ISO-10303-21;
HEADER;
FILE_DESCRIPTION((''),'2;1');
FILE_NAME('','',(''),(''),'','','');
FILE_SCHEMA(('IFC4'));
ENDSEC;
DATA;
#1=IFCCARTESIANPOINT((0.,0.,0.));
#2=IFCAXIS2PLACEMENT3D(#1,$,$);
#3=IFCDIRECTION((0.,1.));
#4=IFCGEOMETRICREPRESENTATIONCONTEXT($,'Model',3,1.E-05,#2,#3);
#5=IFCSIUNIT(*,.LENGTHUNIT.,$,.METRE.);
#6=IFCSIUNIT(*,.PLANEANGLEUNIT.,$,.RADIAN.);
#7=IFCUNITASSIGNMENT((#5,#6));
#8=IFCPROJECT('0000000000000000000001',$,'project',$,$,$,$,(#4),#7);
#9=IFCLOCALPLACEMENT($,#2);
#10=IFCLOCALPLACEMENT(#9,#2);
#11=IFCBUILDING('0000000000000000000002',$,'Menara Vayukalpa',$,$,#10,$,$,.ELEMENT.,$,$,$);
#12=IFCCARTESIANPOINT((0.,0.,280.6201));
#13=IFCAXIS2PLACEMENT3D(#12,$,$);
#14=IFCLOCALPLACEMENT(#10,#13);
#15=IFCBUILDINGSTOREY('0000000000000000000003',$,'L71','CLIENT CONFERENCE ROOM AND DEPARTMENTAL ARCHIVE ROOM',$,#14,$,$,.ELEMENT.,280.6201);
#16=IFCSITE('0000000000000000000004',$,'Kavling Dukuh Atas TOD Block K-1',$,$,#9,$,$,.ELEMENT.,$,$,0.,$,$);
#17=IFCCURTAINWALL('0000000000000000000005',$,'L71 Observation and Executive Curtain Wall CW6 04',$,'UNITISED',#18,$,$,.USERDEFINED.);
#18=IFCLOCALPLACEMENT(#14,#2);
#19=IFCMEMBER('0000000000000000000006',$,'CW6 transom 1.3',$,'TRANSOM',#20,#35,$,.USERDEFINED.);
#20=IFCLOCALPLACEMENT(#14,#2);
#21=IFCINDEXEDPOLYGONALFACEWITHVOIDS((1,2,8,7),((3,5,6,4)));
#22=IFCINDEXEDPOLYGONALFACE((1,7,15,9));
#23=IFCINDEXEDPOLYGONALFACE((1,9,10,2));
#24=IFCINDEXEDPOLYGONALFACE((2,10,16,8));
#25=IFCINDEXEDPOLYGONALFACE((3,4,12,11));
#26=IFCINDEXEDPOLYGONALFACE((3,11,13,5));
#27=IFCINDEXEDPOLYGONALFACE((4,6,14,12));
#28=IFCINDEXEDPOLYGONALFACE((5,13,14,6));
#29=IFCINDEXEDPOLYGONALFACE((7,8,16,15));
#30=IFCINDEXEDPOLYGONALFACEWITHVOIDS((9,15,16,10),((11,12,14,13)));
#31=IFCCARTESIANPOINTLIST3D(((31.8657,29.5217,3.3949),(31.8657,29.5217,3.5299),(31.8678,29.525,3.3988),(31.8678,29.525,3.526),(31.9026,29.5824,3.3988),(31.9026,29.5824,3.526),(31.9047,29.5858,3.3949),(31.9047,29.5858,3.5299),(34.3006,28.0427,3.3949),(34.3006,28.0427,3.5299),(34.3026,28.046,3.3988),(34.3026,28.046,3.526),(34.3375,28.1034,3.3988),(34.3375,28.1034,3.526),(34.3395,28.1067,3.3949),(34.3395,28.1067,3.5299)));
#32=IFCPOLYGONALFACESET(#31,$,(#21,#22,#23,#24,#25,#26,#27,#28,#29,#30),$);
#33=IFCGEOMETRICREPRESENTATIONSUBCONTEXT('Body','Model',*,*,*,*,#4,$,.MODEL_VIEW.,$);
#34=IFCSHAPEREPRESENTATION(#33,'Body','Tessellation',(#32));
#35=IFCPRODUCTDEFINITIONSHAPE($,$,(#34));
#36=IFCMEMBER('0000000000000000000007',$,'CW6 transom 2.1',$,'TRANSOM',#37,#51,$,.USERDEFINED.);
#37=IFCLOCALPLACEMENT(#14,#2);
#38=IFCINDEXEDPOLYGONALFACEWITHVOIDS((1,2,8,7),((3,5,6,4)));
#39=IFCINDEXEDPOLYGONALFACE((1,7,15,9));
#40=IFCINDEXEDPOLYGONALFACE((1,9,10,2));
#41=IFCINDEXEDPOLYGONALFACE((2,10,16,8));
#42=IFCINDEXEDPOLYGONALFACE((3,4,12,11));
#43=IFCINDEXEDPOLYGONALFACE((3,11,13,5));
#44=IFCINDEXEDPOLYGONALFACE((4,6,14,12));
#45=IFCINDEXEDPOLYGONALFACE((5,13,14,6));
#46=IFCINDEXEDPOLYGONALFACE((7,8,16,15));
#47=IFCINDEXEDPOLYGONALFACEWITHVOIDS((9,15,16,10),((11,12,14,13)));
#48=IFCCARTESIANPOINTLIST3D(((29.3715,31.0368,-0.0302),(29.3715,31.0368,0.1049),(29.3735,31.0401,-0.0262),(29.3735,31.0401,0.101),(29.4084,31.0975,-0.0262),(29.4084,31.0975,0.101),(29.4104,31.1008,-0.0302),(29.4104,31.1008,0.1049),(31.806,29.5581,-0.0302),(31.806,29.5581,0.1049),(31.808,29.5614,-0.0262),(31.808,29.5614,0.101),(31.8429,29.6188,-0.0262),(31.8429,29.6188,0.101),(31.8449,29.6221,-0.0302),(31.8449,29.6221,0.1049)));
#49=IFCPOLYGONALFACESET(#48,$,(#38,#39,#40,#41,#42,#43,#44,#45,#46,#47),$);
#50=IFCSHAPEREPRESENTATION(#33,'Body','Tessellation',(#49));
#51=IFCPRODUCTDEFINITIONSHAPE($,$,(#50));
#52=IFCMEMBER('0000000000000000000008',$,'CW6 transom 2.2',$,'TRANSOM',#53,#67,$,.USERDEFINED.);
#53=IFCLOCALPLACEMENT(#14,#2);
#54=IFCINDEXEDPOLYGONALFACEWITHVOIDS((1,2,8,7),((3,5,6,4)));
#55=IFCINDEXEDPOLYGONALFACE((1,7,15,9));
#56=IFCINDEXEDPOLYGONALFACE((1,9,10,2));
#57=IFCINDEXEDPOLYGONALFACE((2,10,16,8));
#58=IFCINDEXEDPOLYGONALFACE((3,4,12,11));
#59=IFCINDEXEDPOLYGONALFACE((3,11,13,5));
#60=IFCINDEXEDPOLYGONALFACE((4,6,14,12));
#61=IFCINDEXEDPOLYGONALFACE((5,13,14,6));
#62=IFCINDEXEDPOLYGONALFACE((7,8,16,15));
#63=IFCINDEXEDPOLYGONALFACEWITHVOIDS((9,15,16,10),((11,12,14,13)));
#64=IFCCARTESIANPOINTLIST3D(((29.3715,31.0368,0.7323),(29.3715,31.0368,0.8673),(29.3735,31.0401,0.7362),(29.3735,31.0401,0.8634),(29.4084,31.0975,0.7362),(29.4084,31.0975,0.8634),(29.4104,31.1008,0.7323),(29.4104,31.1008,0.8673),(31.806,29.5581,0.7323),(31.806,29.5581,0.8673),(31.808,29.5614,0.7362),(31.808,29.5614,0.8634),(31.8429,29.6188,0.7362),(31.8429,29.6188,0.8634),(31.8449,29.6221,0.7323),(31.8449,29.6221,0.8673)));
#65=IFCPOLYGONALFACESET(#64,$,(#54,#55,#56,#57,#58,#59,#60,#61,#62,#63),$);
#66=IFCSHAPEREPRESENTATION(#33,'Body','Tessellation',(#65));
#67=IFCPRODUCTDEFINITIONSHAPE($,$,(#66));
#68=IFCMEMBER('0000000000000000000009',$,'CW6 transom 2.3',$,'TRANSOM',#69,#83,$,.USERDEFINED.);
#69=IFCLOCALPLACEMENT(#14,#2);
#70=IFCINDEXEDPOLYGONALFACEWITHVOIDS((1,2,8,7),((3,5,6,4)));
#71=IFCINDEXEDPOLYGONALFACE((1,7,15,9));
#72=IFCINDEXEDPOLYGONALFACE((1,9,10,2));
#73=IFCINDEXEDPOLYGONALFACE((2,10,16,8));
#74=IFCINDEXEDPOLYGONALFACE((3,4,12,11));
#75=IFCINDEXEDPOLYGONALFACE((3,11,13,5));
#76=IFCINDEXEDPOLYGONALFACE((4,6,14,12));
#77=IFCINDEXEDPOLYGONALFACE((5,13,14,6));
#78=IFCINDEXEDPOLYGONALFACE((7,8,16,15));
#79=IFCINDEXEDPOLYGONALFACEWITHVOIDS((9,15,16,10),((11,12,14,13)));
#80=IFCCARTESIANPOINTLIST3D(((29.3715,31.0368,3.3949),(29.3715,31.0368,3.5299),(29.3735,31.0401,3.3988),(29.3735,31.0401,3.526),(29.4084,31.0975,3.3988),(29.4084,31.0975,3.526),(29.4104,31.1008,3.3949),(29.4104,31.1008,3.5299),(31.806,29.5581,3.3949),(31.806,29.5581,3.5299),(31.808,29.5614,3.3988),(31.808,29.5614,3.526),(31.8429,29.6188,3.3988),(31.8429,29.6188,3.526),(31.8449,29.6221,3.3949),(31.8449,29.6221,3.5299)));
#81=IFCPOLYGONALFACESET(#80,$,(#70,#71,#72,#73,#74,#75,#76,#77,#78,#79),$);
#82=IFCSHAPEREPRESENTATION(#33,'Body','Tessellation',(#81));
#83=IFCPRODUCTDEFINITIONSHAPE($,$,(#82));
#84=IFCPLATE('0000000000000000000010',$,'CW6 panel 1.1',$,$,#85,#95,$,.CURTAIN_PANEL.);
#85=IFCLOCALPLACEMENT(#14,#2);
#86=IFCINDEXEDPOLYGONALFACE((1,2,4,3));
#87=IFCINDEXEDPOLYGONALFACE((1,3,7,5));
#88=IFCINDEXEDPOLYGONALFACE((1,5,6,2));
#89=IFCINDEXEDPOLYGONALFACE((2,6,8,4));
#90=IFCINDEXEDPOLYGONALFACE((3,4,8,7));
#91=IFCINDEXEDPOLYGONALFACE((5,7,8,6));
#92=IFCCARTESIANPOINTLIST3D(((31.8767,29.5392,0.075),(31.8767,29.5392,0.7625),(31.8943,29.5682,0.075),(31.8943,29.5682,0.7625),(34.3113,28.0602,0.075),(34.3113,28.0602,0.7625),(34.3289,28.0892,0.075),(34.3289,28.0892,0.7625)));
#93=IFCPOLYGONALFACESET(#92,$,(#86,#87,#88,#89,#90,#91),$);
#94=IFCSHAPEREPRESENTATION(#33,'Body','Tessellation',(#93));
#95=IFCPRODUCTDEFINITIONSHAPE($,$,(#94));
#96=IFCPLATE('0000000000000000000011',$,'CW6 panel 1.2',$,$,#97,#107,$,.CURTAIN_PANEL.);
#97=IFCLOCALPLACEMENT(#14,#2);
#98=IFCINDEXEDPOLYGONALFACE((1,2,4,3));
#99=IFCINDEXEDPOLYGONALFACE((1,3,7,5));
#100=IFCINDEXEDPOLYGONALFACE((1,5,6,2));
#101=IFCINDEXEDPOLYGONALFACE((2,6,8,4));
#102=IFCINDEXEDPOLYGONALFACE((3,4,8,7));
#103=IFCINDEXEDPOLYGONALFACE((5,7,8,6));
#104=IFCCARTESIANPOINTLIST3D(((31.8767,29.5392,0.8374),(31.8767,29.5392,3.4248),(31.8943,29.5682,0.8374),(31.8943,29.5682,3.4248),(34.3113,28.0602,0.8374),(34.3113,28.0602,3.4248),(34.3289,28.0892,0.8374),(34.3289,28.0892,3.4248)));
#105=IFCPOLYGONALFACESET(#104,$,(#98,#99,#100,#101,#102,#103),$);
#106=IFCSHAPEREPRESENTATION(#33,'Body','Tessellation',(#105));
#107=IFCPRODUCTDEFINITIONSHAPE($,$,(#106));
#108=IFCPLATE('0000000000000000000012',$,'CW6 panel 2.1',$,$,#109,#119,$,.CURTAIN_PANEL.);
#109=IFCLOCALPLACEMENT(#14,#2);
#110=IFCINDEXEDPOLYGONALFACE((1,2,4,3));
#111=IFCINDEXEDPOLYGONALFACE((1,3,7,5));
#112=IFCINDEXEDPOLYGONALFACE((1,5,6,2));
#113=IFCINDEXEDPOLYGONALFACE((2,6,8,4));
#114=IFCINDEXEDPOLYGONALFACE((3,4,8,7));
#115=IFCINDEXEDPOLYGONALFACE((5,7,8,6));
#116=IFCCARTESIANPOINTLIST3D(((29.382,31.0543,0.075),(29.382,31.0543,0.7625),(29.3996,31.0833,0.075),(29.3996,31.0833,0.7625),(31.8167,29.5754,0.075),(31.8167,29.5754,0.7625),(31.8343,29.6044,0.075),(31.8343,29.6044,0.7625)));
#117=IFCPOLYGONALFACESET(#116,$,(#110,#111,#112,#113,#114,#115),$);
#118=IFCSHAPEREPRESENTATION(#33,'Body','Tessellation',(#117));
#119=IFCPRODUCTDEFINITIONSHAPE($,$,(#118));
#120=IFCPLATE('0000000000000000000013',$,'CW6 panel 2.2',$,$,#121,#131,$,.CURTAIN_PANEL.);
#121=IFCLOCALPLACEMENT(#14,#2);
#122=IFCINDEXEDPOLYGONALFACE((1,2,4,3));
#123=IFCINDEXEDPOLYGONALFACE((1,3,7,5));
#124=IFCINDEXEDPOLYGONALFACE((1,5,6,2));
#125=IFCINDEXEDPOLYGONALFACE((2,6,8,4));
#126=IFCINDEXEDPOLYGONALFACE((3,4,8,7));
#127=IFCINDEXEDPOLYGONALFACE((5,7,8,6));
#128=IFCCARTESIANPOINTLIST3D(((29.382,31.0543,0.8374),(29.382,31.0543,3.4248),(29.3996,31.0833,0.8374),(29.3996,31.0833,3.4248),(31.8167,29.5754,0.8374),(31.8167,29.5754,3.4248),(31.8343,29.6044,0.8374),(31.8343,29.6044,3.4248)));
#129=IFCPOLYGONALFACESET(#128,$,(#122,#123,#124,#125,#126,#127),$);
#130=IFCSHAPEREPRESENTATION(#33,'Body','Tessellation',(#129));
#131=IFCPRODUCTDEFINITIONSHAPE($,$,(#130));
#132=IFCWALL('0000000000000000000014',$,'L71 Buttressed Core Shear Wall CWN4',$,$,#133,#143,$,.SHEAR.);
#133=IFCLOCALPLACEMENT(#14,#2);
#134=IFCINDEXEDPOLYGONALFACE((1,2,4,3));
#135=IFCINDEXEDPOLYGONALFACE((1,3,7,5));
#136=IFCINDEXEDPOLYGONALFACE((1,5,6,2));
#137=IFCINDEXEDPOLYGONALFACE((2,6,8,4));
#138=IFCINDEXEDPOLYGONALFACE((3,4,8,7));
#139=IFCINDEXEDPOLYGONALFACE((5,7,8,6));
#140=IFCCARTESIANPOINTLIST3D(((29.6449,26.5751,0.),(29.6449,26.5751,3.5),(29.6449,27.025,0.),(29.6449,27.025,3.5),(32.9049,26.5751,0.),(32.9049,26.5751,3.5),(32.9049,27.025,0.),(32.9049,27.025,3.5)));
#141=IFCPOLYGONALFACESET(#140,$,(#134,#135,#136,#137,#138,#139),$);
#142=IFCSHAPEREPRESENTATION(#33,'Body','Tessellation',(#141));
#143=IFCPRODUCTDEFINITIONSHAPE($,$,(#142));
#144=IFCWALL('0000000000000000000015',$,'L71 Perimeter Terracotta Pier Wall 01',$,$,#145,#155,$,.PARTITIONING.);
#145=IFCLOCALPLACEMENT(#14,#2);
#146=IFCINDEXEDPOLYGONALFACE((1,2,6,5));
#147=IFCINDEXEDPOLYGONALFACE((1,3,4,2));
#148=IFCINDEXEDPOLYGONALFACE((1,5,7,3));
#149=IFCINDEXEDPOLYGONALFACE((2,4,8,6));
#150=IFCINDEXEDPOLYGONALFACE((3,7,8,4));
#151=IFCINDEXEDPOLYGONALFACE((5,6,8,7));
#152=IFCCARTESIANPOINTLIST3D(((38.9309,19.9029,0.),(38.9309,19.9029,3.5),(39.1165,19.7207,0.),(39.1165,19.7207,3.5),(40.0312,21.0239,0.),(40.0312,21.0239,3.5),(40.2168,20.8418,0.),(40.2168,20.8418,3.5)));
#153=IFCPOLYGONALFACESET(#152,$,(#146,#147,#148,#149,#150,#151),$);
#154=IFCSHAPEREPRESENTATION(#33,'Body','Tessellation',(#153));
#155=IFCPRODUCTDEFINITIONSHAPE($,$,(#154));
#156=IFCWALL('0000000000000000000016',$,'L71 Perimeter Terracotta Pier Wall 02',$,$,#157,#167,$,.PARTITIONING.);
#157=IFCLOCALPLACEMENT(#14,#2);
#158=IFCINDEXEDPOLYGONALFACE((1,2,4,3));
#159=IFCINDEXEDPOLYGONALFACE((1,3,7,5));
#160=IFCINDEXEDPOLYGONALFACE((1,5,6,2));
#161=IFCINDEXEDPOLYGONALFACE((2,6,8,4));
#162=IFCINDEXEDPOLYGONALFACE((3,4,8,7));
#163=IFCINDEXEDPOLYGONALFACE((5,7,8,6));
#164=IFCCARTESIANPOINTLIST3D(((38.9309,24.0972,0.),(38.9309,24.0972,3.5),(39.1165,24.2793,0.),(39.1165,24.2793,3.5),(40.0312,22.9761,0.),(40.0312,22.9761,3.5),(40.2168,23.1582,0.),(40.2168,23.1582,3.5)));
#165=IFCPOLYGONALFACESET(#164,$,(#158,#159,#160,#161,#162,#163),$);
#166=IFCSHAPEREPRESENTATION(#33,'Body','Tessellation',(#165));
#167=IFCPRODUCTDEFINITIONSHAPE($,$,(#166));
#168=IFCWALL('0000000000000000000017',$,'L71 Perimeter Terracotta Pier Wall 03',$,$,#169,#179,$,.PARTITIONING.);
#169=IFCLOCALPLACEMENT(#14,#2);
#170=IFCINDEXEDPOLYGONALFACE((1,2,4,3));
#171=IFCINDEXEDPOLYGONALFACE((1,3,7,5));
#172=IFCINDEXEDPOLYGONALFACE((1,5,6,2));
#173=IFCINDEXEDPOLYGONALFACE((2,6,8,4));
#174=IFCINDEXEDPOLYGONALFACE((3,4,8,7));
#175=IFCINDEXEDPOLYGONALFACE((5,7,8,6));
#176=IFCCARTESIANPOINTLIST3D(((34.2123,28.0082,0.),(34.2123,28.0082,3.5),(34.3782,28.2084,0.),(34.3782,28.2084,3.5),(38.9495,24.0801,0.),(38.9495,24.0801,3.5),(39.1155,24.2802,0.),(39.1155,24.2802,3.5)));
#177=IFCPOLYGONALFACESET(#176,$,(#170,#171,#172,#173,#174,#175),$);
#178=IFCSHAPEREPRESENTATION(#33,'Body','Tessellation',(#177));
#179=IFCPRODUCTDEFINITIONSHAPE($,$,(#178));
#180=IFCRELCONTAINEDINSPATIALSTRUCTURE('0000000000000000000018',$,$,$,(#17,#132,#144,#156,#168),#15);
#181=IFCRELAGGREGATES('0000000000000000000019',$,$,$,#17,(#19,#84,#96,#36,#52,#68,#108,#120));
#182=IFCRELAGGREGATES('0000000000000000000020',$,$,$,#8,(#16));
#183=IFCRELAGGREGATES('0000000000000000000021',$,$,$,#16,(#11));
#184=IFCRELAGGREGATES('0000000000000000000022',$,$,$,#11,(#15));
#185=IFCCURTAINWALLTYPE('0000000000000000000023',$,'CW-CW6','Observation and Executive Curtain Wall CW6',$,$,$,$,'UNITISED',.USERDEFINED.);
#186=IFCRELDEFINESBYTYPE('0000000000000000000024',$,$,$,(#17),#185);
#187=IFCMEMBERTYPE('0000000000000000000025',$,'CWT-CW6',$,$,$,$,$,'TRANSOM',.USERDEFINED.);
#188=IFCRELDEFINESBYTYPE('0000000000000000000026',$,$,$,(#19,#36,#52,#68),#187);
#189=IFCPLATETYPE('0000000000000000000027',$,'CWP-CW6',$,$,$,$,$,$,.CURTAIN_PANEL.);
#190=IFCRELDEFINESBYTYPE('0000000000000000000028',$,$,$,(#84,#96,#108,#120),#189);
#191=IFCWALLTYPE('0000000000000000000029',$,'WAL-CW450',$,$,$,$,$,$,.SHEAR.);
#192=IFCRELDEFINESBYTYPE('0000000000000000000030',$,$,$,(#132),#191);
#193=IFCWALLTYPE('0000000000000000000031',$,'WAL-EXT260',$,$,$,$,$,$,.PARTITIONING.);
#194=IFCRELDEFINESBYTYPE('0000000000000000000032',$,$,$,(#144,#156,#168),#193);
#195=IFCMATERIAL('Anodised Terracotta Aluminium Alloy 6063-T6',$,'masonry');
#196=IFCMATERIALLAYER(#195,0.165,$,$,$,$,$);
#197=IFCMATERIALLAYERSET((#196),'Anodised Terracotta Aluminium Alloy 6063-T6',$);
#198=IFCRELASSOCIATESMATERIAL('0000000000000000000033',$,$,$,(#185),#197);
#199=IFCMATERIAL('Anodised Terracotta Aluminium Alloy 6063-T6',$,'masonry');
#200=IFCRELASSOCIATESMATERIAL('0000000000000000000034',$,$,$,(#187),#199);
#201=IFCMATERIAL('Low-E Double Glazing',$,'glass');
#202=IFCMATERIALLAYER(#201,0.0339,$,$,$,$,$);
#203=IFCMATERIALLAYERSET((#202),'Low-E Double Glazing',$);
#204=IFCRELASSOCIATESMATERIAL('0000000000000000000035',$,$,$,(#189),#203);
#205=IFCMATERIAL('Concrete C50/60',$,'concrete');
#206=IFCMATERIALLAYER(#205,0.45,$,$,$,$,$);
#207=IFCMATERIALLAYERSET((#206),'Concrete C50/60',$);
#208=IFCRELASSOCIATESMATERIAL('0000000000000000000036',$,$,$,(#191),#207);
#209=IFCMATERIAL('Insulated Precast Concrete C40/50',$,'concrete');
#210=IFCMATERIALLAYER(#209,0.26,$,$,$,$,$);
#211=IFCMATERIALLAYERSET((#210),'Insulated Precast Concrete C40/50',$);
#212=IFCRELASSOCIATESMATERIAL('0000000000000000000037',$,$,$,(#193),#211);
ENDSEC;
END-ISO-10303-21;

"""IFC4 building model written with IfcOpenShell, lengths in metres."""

from ifc_helpers import new_model, si_unit, direction, frame, frame_2d, origin, origin_2d, place, context, subcontext, project, spatial, rectangle, hollow_rectangle, extrude, material, layer, layer_set, material_profile, profile_set, type_object, element, aggregate, save


model = new_model("IFC4")

# Units and contexts
model_context = context("Model", 3, precision=1e-05, world=origin(), true_north=direction((0.0, 1.0)))
body_context = subcontext(model_context, "Body", "Model", "MODEL_VIEW")
ifc_project = project(units=[si_unit("LENGTHUNIT", "METRE"), si_unit("PLANEANGLEUNIT", "RADIAN")], contexts=[model_context])

# Site, building, storey
site_placement = place(None, origin())
site = spatial("IfcSite", under=ifc_project, at=site_placement, Name="Kavling Dukuh Atas TOD Block K-1", CompositionType="ELEMENT", RefElevation=0.0)
building_placement = place(site_placement, origin())
building = spatial("IfcBuilding", under=site, at=building_placement, Name="Menara Vayukalpa", CompositionType="ELEMENT")
storey_placement = place(building_placement, frame((0.0, 0.0, 280.6201)))
storey = spatial("IfcBuildingStorey", under=building, at=storey_placement, Name="L71", Description="CLIENT CONFERENCE ROOM AND DEPARTMENTAL ARCHIVE ROOM", CompositionType="ELEMENT", Elevation=280.6201)

# Curtain wall
ifc_material_1 = material(Name="Anodised Terracotta Aluminium Alloy 6063-T6", Category="masonry")
ifc_layer_1 = layer(ifc_material_1, 0.165)
ifc_layer_set_1 = layer_set([ifc_layer_1], Name="Anodised Terracotta Aluminium Alloy 6063-T6")
curtain_wall_type = type_object("IfcCurtainWallType", Name="CW-CW6", Description="Observation and Executive Curtain Wall CW6", ElementType="UNITISED", PredefinedType="USERDEFINED", material=ifc_layer_set_1)
curtain_wall_1_placement = place(storey_placement, origin())
curtain_wall_1 = element("IfcCurtainWall", 1, at=curtain_wall_1_placement, inside=storey, type_object=curtain_wall_type, Name="L71 Observation and Executive Curtain Wall CW6 04", ObjectType="UNITISED", PredefinedType="USERDEFINED")

# Members
ifc_material_2 = material(Name="Anodised Terracotta Aluminium Alloy 6063-T6", Category="masonry")
ifc_material_profile_1 = material_profile(ifc_material_2, hollow_rectangle(XDim=0.075, YDim=0.135, WallThickness=0.0039, at=origin_2d()), Name="ALU 75x135x4")
ifc_profile_set_1 = profile_set([ifc_material_profile_1], Name="Anodised Terracotta Aluminium Alloy 6063-T6")
member_type_1 = type_object("IfcMemberType", Name="CWT-CW6", ElementType="TRANSOM", PredefinedType="USERDEFINED", material=ifc_profile_set_1)
member_1_placement = place(storey_placement, frame((34.3201, 28.0747, 3.4624), z_axis=(-0.854675, 0.519164, 0.0), x_axis=(-0.519164, -0.854675, 0.0)))
member_1 = element("IfcMember", 2, at=member_1_placement, type_object=member_type_1, Name="CW6 transom 1.3", ObjectType="TRANSOM", PredefinedType="USERDEFINED", context=body_context, shape_type="SweptSolid", body=[
    extrude(hollow_rectangle(XDim=0.075, YDim=0.135, WallThickness=0.0039, at=origin_2d()), origin(), (0.0, 0.0, 1.0), 2.8489),
])
member_2_placement = place(storey_placement, frame((31.8254, 29.5901, 0.0374), z_axis=(-0.85469, 0.519139, 0.0), x_axis=(-0.519139, -0.85469, 0.0)))
member_2 = element("IfcMember", 3, at=member_2_placement, type_object=member_type_1, Name="CW6 transom 2.1", ObjectType="TRANSOM", PredefinedType="USERDEFINED", context=body_context, shape_type="SweptSolid", body=[
    extrude(hollow_rectangle(XDim=0.075, YDim=0.135, WallThickness=0.0039, at=origin_2d()), origin(), (0.0, 0.0, 1.0), 2.8484),
])
member_3_placement = place(storey_placement, frame((31.8254, 29.5901, 0.7998), z_axis=(-0.85469, 0.519139, 0.0), x_axis=(-0.519139, -0.85469, 0.0)))
member_3 = element("IfcMember", 4, at=member_3_placement, type_object=member_type_1, Name="CW6 transom 2.2", ObjectType="TRANSOM", PredefinedType="USERDEFINED", context=body_context, shape_type="SweptSolid", body=[
    extrude(hollow_rectangle(XDim=0.075, YDim=0.135, WallThickness=0.0039, at=origin_2d()), origin(), (0.0, 0.0, 1.0), 2.8484),
])
member_4_placement = place(storey_placement, frame((31.8254, 29.5901, 3.4624), z_axis=(-0.85469, 0.519139, 0.0), x_axis=(-0.519139, -0.85469, 0.0)))
member_4 = element("IfcMember", 5, at=member_4_placement, type_object=member_type_1, Name="CW6 transom 2.3", ObjectType="TRANSOM", PredefinedType="USERDEFINED", context=body_context, shape_type="SweptSolid", body=[
    extrude(hollow_rectangle(XDim=0.075, YDim=0.135, WallThickness=0.0039, at=origin_2d()), origin(), (0.0, 0.0, 1.0), 2.8484),
])

# Plates
ifc_material_3 = material(Name="Low-E Double Glazing", Category="glass")
ifc_layer_2 = layer(ifc_material_3, 0.0339)
ifc_layer_set_2 = layer_set([ifc_layer_2], Name="Low-E Double Glazing")
plate_type = type_object("IfcPlateType", Name="CWP-CW6", PredefinedType="CURTAIN_PANEL", material=ifc_layer_set_2)
plate_1_placement = place(storey_placement, frame((33.1028, 28.8142, 0.075), z_axis=(0.0, 0.0, 1.0), x_axis=(-0.854668, 0.519176, 0.0)))
plate_1 = element("IfcPlate", 6, at=plate_1_placement, type_object=plate_type, Name="CW6 panel 1.1", PredefinedType="CURTAIN_PANEL", context=body_context, shape_type="SweptSolid", body=[
    extrude(rectangle(XDim=2.8486, YDim=0.0339, at=origin_2d()), origin(), (0.0, 0.0, 1.0), 0.6875),
])
plate_2_placement = place(storey_placement, frame((33.1028, 28.8142, 0.8374), z_axis=(0.0, 0.0, 1.0), x_axis=(-0.854668, 0.519176, 0.0)))
plate_2 = element("IfcPlate", 7, at=plate_2_placement, type_object=plate_type, Name="CW6 panel 1.2", PredefinedType="CURTAIN_PANEL", context=body_context, shape_type="SweptSolid", body=[
    extrude(rectangle(XDim=2.8486, YDim=0.0339, at=origin_2d()), origin(), (0.0, 0.0, 1.0), 2.5874),
])
plate_3_placement = place(storey_placement, frame((30.6082, 30.3293, 0.075), z_axis=(0.0, 0.0, 1.0), x_axis=(-0.854668, 0.519176, 0.0)))
plate_3 = element("IfcPlate", 8, at=plate_3_placement, type_object=plate_type, Name="CW6 panel 2.1", PredefinedType="CURTAIN_PANEL", context=body_context, shape_type="SweptSolid", body=[
    extrude(rectangle(XDim=2.8486, YDim=0.0339, at=origin_2d()), origin(), (0.0, 0.0, 1.0), 0.6875),
])
plate_4_placement = place(storey_placement, frame((30.6082, 30.3293, 0.8374), z_axis=(0.0, 0.0, 1.0), x_axis=(-0.854668, 0.519176, 0.0)))
plate_4 = element("IfcPlate", 9, at=plate_4_placement, type_object=plate_type, Name="CW6 panel 2.2", PredefinedType="CURTAIN_PANEL", context=body_context, shape_type="SweptSolid", body=[
    extrude(rectangle(XDim=2.8486, YDim=0.0339, at=origin_2d()), origin(), (0.0, 0.0, 1.0), 2.5874),
])
aggregate(curtain_wall_1, [member_1, plate_1, plate_2, member_2, member_3, member_4, plate_3, plate_4])

# Walls
ifc_material_4 = material(Name="Concrete C50/60", Category="concrete")
ifc_layer_3 = layer(ifc_material_4, 0.45)
ifc_layer_set_3 = layer_set([ifc_layer_3], Name="Concrete C50/60")
wall_type_1 = type_object("IfcWallType", Name="WAL-CW450", PredefinedType="SHEAR", material=ifc_layer_set_3)
wall_1_placement = place(storey_placement, frame((29.645, 26.8, 0.0), z_axis=(0.0, 0.0, 1.0), x_axis=(1.0, 0.0, 0.0)))
element("IfcWall", 10, at=wall_1_placement, inside=storey, type_object=wall_type_1, Name="L71 Buttressed Core Shear Wall CWN4", PredefinedType="SHEAR", context=body_context, shape_type="SweptSolid", body=[
    extrude(rectangle(XDim=3.26, YDim=0.45, at=frame_2d((1.6299, 0.0))), origin(), (0.0, 0.0, 1.0), 3.5),
])
ifc_material_5 = material(Name="Insulated Precast Concrete C40/50", Category="concrete")
ifc_layer_4 = layer(ifc_material_5, 0.26)
ifc_layer_set_4 = layer_set([ifc_layer_4], Name="Insulated Precast Concrete C40/50")
wall_type_2 = type_object("IfcWallType", Name="WAL-EXT260", PredefinedType="PARTITIONING", material=ifc_layer_set_4)
for number, where, z_axis, x_axis, name in (
    (11, (40.124, 20.9329, 0.0), (0.0, 0.0, 1.0), (-0.700471, -0.713681, 0.0), "L71 Perimeter Terracotta Pier Wall 01"),
    (12, (39.0237, 24.1882, 0.0), (0.0, 0.0, 1.0), (0.700471, -0.713681, 0.0), "L71 Perimeter Terracotta Pier Wall 02"),
):
    element("IfcWall", number, at=place(storey_placement, frame(where, z_axis=z_axis, x_axis=x_axis)), inside=storey, type_object=wall_type_2, Name=name, PredefinedType="PARTITIONING", context=body_context, shape_type="SweptSolid", body=[
        extrude(rectangle(XDim=1.5708, YDim=0.26, at=frame_2d((0.7854, 0.0))), origin(), (0.0, 0.0, 1.0), 3.5),
    ])
wall_2_placement = place(storey_placement, frame((34.2952, 28.1084, 0.0), z_axis=(0.0, 0.0, 1.0), x_axis=(0.76978, -0.638309, 0.0)))
element("IfcWall", 13, at=wall_2_placement, inside=storey, type_object=wall_type_2, Name="L71 Perimeter Terracotta Pier Wall 03", PredefinedType="PARTITIONING", context=body_context, shape_type="SweptSolid", body=[
    extrude(rectangle(XDim=6.1541, YDim=0.26, at=frame_2d((3.0771, 0.0))), origin(), (0.0, 0.0, 1.0), 3.5),
])

save(model, "model.ifc")
